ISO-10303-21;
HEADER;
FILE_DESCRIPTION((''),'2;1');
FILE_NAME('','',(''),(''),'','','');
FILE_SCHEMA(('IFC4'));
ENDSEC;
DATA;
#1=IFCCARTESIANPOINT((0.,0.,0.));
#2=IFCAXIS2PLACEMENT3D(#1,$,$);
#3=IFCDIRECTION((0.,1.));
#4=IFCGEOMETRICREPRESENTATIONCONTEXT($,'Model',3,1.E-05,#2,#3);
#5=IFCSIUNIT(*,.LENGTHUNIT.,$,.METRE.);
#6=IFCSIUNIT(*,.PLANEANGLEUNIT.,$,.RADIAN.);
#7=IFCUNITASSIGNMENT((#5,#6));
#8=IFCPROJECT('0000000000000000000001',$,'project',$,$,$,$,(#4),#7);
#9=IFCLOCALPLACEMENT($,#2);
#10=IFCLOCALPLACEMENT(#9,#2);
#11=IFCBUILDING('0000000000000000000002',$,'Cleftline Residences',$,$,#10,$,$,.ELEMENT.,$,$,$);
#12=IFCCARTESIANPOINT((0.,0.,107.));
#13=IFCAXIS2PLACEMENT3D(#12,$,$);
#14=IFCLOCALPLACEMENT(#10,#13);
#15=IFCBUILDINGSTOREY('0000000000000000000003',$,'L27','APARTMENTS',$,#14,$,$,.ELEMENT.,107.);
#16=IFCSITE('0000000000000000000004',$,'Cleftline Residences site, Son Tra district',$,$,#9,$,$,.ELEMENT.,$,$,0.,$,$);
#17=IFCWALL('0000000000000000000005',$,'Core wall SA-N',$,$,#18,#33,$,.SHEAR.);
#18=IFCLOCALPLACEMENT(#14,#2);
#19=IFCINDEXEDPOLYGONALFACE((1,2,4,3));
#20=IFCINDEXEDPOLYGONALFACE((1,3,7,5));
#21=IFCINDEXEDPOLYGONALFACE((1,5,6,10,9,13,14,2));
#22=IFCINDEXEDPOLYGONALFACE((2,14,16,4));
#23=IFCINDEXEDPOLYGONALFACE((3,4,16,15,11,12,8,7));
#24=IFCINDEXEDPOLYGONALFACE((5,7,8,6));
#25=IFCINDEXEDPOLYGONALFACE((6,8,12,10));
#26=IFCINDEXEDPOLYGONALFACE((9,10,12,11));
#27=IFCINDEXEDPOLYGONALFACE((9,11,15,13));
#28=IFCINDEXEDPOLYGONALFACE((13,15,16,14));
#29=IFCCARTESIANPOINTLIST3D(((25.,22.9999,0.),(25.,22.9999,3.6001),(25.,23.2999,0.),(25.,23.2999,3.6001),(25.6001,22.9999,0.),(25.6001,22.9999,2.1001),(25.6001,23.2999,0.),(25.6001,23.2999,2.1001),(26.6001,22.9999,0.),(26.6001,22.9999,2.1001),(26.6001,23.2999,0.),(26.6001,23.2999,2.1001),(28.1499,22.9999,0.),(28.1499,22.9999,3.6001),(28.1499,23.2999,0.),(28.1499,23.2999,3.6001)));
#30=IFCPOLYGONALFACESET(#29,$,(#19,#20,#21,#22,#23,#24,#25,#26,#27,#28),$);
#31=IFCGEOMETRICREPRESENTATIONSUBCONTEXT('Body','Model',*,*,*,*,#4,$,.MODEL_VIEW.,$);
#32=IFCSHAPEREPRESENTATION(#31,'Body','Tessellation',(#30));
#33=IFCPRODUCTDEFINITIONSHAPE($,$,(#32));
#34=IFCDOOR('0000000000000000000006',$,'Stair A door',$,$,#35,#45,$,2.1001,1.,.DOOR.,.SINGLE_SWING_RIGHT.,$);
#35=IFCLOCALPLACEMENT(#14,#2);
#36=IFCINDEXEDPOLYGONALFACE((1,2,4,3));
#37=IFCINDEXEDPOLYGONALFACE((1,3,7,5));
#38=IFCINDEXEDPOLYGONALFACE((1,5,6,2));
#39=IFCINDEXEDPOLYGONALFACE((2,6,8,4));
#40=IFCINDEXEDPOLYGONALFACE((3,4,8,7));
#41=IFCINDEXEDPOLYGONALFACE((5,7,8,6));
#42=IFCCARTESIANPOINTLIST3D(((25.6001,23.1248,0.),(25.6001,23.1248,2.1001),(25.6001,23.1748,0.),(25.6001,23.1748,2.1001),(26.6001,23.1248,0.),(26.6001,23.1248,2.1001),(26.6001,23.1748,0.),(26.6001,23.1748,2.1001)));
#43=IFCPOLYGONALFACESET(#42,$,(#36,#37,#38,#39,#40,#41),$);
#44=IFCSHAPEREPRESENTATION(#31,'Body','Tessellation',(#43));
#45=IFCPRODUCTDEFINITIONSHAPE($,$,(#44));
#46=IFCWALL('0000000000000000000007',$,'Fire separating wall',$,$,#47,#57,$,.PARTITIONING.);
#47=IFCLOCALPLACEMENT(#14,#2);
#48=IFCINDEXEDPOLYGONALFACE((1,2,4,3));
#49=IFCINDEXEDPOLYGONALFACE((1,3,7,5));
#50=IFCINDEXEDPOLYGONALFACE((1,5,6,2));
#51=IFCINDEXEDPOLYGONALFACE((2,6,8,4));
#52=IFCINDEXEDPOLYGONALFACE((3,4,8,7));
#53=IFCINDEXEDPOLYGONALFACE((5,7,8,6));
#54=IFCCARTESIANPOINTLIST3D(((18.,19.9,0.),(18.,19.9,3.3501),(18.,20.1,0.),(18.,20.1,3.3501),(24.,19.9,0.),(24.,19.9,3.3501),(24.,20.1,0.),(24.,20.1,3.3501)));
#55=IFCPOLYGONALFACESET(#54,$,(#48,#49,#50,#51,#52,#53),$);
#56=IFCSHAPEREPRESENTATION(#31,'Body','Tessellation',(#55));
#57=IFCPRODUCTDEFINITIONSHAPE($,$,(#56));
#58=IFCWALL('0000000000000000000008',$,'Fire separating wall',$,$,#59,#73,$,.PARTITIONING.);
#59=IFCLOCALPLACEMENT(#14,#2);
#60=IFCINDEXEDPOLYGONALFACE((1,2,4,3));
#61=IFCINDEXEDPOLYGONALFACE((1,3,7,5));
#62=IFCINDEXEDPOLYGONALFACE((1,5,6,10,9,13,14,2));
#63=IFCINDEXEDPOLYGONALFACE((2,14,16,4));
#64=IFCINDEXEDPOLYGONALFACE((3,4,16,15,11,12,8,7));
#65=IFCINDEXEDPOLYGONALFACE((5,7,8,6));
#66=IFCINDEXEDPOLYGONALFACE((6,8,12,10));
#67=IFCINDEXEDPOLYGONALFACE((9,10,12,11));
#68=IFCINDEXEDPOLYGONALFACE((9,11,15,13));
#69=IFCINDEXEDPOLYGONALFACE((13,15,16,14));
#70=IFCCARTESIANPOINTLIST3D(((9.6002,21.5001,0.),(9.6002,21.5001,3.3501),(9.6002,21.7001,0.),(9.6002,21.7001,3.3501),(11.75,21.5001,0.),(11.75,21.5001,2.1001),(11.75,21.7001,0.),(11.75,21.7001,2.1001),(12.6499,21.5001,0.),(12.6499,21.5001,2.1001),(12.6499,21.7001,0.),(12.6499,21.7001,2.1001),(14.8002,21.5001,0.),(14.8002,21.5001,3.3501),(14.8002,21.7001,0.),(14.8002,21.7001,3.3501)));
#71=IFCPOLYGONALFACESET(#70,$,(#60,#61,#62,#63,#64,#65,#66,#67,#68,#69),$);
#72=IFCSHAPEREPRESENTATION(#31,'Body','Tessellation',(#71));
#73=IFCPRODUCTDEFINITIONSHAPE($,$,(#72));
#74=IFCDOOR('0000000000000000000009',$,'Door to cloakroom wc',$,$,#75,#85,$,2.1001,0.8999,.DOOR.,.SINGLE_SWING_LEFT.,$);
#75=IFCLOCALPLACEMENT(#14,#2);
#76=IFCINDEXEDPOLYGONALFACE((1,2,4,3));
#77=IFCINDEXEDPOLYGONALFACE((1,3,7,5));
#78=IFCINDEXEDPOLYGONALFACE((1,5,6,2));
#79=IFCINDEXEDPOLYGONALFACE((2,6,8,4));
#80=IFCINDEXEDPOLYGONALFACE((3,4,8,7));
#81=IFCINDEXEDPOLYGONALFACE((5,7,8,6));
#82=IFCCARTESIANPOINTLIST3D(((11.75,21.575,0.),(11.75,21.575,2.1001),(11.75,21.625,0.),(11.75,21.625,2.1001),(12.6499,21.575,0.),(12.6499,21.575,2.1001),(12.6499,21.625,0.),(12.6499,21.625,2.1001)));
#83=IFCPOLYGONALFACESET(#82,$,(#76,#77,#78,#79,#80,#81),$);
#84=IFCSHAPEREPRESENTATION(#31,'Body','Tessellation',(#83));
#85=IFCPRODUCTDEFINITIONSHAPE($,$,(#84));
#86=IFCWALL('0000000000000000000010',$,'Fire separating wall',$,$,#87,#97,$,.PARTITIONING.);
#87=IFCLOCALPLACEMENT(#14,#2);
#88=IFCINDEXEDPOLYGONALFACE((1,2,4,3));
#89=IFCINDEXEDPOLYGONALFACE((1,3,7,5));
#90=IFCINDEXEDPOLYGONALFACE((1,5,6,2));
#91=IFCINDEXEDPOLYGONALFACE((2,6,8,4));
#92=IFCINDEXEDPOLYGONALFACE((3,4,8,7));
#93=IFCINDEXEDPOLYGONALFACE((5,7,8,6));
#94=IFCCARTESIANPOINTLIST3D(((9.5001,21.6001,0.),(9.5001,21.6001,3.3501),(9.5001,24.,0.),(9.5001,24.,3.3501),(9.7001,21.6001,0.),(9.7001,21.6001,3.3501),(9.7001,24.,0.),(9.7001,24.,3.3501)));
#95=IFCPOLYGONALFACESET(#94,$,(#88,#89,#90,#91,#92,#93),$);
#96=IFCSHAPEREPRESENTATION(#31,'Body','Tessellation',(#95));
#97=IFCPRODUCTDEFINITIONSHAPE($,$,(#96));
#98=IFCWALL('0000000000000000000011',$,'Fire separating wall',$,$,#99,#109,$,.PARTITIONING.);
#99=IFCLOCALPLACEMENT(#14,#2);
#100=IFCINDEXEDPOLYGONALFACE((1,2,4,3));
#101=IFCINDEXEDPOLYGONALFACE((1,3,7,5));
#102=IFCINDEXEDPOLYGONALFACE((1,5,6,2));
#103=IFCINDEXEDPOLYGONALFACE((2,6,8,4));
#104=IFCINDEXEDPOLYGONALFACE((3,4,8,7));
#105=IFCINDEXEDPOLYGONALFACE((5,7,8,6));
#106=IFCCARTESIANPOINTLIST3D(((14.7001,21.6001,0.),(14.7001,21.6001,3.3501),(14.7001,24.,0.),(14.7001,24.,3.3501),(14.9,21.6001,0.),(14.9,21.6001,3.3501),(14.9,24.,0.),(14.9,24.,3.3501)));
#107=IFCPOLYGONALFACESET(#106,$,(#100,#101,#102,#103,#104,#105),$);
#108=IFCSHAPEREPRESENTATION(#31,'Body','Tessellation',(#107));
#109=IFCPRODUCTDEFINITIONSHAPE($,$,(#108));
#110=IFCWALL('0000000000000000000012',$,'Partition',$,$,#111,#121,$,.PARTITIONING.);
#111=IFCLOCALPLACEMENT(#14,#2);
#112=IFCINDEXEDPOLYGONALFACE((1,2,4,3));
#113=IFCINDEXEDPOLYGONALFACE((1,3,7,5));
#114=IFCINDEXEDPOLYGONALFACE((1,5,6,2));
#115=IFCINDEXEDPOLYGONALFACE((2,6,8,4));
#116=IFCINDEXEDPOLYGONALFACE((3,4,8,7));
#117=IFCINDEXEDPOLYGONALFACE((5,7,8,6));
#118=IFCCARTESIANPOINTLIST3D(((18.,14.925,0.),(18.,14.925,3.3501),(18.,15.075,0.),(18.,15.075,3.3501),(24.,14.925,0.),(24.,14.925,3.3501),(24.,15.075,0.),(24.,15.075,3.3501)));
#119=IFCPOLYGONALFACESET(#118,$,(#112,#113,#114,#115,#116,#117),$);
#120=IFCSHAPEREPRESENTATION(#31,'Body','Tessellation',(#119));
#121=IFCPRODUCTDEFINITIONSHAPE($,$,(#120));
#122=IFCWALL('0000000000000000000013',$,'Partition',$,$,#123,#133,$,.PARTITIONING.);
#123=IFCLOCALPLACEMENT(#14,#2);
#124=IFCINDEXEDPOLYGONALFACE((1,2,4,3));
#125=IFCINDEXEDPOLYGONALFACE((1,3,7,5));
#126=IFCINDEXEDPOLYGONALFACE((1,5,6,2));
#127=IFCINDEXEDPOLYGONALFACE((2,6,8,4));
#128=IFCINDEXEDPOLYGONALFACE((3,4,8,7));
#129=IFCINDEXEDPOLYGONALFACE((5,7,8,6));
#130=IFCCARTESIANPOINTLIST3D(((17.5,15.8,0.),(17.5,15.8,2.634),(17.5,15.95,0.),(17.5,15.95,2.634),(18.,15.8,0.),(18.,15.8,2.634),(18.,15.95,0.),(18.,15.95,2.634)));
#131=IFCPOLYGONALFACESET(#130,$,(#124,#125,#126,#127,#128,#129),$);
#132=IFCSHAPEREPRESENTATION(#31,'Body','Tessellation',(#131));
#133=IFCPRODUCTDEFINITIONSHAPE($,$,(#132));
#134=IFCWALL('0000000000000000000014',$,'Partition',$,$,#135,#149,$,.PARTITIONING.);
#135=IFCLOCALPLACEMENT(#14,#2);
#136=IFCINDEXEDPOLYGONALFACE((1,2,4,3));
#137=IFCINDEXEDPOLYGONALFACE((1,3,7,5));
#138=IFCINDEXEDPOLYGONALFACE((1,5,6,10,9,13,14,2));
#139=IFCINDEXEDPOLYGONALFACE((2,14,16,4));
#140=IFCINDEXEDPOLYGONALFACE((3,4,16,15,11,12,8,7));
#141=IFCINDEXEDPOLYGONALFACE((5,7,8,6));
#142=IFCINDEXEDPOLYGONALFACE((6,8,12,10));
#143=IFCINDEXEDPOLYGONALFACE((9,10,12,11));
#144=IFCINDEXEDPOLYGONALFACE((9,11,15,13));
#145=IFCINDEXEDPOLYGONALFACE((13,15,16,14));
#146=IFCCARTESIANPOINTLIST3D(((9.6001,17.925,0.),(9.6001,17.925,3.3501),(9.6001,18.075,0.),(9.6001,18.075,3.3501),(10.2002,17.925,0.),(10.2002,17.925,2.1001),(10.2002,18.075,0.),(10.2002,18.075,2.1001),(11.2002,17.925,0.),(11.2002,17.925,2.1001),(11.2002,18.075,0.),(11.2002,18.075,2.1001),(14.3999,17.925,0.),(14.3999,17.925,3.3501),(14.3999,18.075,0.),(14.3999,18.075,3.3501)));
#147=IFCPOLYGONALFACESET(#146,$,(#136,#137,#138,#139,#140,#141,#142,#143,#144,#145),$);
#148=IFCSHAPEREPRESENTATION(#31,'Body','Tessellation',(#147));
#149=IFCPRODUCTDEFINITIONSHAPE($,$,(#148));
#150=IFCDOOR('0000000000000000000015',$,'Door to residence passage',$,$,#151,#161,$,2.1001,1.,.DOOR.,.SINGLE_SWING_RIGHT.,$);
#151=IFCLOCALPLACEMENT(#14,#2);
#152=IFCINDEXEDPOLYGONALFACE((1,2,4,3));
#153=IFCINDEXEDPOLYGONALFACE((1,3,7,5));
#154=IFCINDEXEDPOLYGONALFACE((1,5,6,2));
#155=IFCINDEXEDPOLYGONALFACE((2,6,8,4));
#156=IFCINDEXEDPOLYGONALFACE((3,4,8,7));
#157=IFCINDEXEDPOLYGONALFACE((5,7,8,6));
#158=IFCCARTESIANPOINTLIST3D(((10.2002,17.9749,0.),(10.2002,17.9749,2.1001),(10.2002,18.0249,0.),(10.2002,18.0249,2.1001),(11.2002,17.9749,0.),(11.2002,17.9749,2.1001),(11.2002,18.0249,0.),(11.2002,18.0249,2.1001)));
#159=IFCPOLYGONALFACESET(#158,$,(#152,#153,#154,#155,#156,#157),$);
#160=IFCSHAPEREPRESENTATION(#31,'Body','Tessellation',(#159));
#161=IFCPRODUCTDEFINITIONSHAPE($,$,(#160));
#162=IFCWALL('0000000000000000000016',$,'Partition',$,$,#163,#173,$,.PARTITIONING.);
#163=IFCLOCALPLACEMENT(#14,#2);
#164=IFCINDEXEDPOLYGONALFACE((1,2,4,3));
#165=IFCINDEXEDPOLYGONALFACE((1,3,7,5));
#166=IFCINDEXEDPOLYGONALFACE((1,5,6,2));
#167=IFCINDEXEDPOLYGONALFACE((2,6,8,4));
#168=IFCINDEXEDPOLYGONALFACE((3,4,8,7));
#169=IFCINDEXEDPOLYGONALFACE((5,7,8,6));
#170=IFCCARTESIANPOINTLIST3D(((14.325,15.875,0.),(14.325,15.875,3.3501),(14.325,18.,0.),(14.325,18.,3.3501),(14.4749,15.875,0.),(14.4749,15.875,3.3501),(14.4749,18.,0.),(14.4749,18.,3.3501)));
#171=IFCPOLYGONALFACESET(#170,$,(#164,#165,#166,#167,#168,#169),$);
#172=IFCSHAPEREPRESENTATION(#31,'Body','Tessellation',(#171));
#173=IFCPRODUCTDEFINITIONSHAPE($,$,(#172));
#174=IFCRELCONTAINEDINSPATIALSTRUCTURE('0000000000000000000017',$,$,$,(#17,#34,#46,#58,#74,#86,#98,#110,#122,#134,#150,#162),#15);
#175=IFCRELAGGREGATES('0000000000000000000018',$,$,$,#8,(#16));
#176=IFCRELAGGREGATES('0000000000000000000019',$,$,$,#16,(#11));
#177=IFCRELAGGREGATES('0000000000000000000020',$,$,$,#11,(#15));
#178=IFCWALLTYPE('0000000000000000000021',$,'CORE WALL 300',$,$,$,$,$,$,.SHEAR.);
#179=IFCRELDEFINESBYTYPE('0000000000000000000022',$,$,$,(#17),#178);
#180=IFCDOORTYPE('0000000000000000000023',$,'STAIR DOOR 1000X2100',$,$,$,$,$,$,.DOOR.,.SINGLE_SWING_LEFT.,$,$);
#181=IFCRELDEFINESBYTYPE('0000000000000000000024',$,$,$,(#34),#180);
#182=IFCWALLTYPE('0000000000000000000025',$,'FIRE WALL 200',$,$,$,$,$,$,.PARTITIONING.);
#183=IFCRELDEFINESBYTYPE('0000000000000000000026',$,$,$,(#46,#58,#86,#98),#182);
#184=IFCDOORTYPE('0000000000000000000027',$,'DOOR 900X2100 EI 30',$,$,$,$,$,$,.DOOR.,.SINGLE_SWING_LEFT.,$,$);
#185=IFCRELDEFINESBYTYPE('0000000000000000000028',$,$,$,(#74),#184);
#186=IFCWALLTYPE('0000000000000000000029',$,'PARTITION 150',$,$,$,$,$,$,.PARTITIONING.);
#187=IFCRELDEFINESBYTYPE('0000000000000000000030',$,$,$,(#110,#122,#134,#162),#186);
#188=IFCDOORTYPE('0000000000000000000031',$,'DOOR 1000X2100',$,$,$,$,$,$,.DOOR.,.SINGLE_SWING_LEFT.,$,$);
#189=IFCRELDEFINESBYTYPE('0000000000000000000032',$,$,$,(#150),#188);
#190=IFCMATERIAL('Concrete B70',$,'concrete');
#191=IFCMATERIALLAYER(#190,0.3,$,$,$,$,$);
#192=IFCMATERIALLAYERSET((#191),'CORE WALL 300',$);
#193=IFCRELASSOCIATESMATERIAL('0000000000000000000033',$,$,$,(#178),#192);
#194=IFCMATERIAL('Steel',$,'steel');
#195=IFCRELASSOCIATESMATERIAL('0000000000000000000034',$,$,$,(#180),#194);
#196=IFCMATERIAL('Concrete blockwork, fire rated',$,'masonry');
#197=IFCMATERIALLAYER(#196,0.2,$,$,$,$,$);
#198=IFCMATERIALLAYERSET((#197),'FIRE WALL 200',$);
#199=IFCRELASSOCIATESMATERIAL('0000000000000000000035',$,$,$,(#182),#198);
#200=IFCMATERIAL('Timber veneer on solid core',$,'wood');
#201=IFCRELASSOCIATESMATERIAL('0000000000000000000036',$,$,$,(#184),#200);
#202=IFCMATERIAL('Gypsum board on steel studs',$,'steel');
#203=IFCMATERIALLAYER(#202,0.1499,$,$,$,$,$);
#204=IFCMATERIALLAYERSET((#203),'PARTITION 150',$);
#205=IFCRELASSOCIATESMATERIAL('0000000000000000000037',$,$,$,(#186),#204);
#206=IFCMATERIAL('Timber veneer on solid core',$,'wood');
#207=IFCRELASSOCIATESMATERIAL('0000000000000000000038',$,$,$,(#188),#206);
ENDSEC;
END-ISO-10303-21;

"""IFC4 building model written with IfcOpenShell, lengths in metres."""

from ifc_helpers import new_model, si_unit, direction, frame, frame_2d, origin, place, context, subcontext, project, spatial, rectangle, extrude, material, layer, layer_set, type_object, element, fill, save


model = new_model("IFC4")

# Units and contexts
model_context = context("Model", 3, precision=1e-05, world=origin(), true_north=direction((0.0, 1.0)))
body_context = subcontext(model_context, "Body", "Model", "MODEL_VIEW")
ifc_project = project(units=[si_unit("LENGTHUNIT", "METRE"), si_unit("PLANEANGLEUNIT", "RADIAN")], contexts=[model_context])

# Site, building, storey
site_placement = place(None, origin())
site = spatial("IfcSite", under=ifc_project, at=site_placement, Name="Cleftline Residences site, Son Tra district", CompositionType="ELEMENT", RefElevation=0.0)
building_placement = place(site_placement, origin())
building = spatial("IfcBuilding", under=site, at=building_placement, Name="Cleftline Residences", CompositionType="ELEMENT")
storey_placement = place(building_placement, frame((0.0, 0.0, 107.0)))
storey = spatial("IfcBuildingStorey", under=building, at=storey_placement, Name="L27", Description="APARTMENTS", CompositionType="ELEMENT", Elevation=107.0)

# Wall, opening, door
ifc_material_1 = material(Name="Concrete B70", Category="concrete")
ifc_layer_1 = layer(ifc_material_1, 0.3)
ifc_layer_set_1 = layer_set([ifc_layer_1], Name="CORE WALL 300")
wall_type_1 = type_object("IfcWallType", Name="CORE WALL 300", PredefinedType="SHEAR", material=ifc_layer_set_1)
wall_1_placement = place(storey_placement, frame((25.0, 23.1499, 0.0), z_axis=(0.0, 0.0, 1.0), x_axis=(1.0, 0.0, 0.0)))
wall_1 = element("IfcWall", 1, at=wall_1_placement, inside=storey, type_object=wall_type_1, Name="Core wall SA-N", PredefinedType="SHEAR", context=body_context, shape_type="SweptSolid", body=[
    extrude(rectangle(XDim=3.1499, YDim=0.3, at=frame_2d((1.575, 0.0))), origin(), (0.0, 0.0, 1.0), 3.6001),
])
opening_1_placement = place(wall_1_placement, frame((0.6001, 0.0, 0.0)))
opening_1 = element("IfcOpeningElement", 2, at=opening_1_placement, cuts=wall_1, PredefinedType="OPENING", context=body_context, shape_type="SweptSolid", body=[
    extrude(rectangle(XDim=1.0, YDim=2.1001, at=frame_2d((0.5, 1.05))), frame((0.0, 0.1599, 0.0), z_axis=(0.0, -1.0, 0.0), x_axis=(1.0, 0.0, 0.0)), (0.0, 0.0, 1.0), 0.3201),
])
ifc_material_2 = material(Name="Steel", Category="steel")
door_type_1 = type_object("IfcDoorType", Name="STAIR DOOR 1000X2100", OperationType="SINGLE_SWING_LEFT", PredefinedType="DOOR", material=ifc_material_2)
door_1_placement = place(opening_1_placement, origin())
door_1 = element("IfcDoor", 3, at=door_1_placement, inside=storey, type_object=door_type_1, Name="Stair A door", OperationType="SINGLE_SWING_RIGHT", OverallHeight=2.1001, OverallWidth=1.0, PredefinedType="DOOR", context=body_context, shape_type="SweptSolid", body=[
    extrude(rectangle(XDim=1.0, YDim=2.1001, at=frame_2d((0.5, 1.05))), frame((0.0, 0.0249, 0.0), z_axis=(0.0, -1.0, 0.0), x_axis=(1.0, 0.0, 0.0)), (0.0, 0.0, 1.0), 0.05),
])
fill(opening_1, door_1)

# Wall
ifc_material_3 = material(Name="Concrete blockwork, fire rated", Category="masonry")
ifc_layer_2 = layer(ifc_material_3, 0.2)
ifc_layer_set_2 = layer_set([ifc_layer_2], Name="FIRE WALL 200")
wall_type_2 = type_object("IfcWallType", Name="FIRE WALL 200", PredefinedType="PARTITIONING", material=ifc_layer_set_2)
wall_2_placement = place(storey_placement, frame((18.0, 20.0, 0.0), z_axis=(0.0, 0.0, 1.0), x_axis=(1.0, 0.0, 0.0)))
element("IfcWall", 4, at=wall_2_placement, inside=storey, type_object=wall_type_2, Name="Fire separating wall", PredefinedType="PARTITIONING", context=body_context, shape_type="SweptSolid", body=[
    extrude(rectangle(XDim=6.0, YDim=0.2, at=frame_2d((3.0, 0.0))), origin(), (0.0, 0.0, 1.0), 3.3501),
])

# Wall, opening, door
wall_3_placement = place(storey_placement, frame((9.6001, 21.6001, 0.0), z_axis=(0.0, 0.0, 1.0), x_axis=(1.0, 0.0, 0.0)))
wall_3 = element("IfcWall", 5, at=wall_3_placement, inside=storey, type_object=wall_type_2, Name="Fire separating wall", PredefinedType="PARTITIONING", context=body_context, shape_type="SweptSolid", body=[
    extrude(rectangle(XDim=5.2, YDim=0.2, at=frame_2d((2.6001, 0.0))), origin(), (0.0, 0.0, 1.0), 3.3501),
])
opening_2_placement = place(wall_3_placement, frame((2.1499, 0.0, 0.0)))
opening_2 = element("IfcOpeningElement", 6, at=opening_2_placement, cuts=wall_3, PredefinedType="OPENING", context=body_context, shape_type="SweptSolid", body=[
    extrude(rectangle(XDim=0.8999, YDim=2.1001, at=frame_2d((0.45, 1.05))), frame((0.0, 0.1099, 0.0), z_axis=(0.0, -1.0, 0.0), x_axis=(1.0, 0.0, 0.0)), (0.0, 0.0, 1.0), 0.22),
])
ifc_material_4 = material(Name="Timber veneer on solid core", Category="wood")
door_type_2 = type_object("IfcDoorType", Name="DOOR 900X2100 EI 30", OperationType="SINGLE_SWING_LEFT", PredefinedType="DOOR", material=ifc_material_4)
door_2_placement = place(opening_2_placement, origin())
door_2 = element("IfcDoor", 7, at=door_2_placement, inside=storey, type_object=door_type_2, Name="Door to cloakroom wc", OperationType="SINGLE_SWING_LEFT", OverallHeight=2.1001, OverallWidth=0.8999, PredefinedType="DOOR", context=body_context, shape_type="SweptSolid", body=[
    extrude(rectangle(XDim=0.8999, YDim=2.1001, at=frame_2d((0.45, 1.05))), frame((0.0, 0.0249, 0.0), z_axis=(0.0, -1.0, 0.0), x_axis=(1.0, 0.0, 0.0)), (0.0, 0.0, 1.0), 0.05),
])
fill(opening_2, door_2)

# Walls
for number, where, z_axis, x_axis, name in (
    (8, (9.6001, 21.6001, 0.0), (0.0, 0.0, 1.0), (0.0, 1.0, 0.0), "Fire separating wall"),
    (9, (14.8, 21.6001, 0.0), (0.0, 0.0, 1.0), (0.0, 1.0, 0.0), "Fire separating wall"),
):
    element("IfcWall", number, at=place(storey_placement, frame(where, z_axis=z_axis, x_axis=x_axis)), inside=storey, type_object=wall_type_2, Name=name, PredefinedType="PARTITIONING", context=body_context, shape_type="SweptSolid", body=[
        extrude(rectangle(XDim=2.3999, YDim=0.2, at=frame_2d((1.2, 0.0))), origin(), (0.0, 0.0, 1.0), 3.3501),
    ])

# Walls
ifc_material_5 = material(Name="Gypsum board on steel studs", Category="steel")
ifc_layer_3 = layer(ifc_material_5, 0.1499)
ifc_layer_set_3 = layer_set([ifc_layer_3], Name="PARTITION 150")
wall_type_3 = type_object("IfcWallType", Name="PARTITION 150", PredefinedType="PARTITIONING", material=ifc_layer_set_3)
wall_4_placement = place(storey_placement, frame((18.0, 15.0, 0.0), z_axis=(0.0, 0.0, 1.0), x_axis=(1.0, 0.0, 0.0)))
element("IfcWall", 10, at=wall_4_placement, inside=storey, type_object=wall_type_3, Name="Partition", PredefinedType="PARTITIONING", context=body_context, shape_type="SweptSolid", body=[
    extrude(rectangle(XDim=6.0, YDim=0.1499, at=frame_2d((3.0, 0.0))), origin(), (0.0, 0.0, 1.0), 3.3501),
])
wall_5_placement = place(storey_placement, frame((17.5, 15.875, 0.0), z_axis=(0.0, 0.0, 1.0), x_axis=(1.0, 0.0, 0.0)))
element("IfcWall", 11, at=wall_5_placement, inside=storey, type_object=wall_type_3, Name="Partition", PredefinedType="PARTITIONING", context=body_context, shape_type="SweptSolid", body=[
    extrude(rectangle(XDim=0.5, YDim=0.1499, at=frame_2d((0.25, 0.0))), origin(), (0.0, 0.0, 1.0), 2.634),
])

# Wall, opening, door
wall_6_placement = place(storey_placement, frame((9.6001, 18.0, 0.0), z_axis=(0.0, 0.0, 1.0), x_axis=(1.0, 0.0, 0.0)))
wall_6 = element("IfcWall", 12, at=wall_6_placement, inside=storey, type_object=wall_type_3, Name="Partition", PredefinedType="PARTITIONING", context=body_context, shape_type="SweptSolid", body=[
    extrude(rectangle(XDim=4.7998, YDim=0.1499, at=frame_2d((2.3999, 0.0))), origin(), (0.0, 0.0, 1.0), 3.3501),
])
opening_3_placement = place(wall_6_placement, frame((0.6001, 0.0, 0.0)))
opening_3 = element("IfcOpeningElement", 13, at=opening_3_placement, cuts=wall_6, PredefinedType="OPENING", context=body_context, shape_type="SweptSolid", body=[
    extrude(rectangle(XDim=1.0, YDim=2.1001, at=frame_2d((0.5, 1.05))), frame((0.0, 0.085, 0.0), z_axis=(0.0, -1.0, 0.0), x_axis=(1.0, 0.0, 0.0)), (0.0, 0.0, 1.0), 0.1699),
])
ifc_material_6 = material(Name="Timber veneer on solid core", Category="wood")
door_type_3 = type_object("IfcDoorType", Name="DOOR 1000X2100", OperationType="SINGLE_SWING_LEFT", PredefinedType="DOOR", material=ifc_material_6)
door_3_placement = place(opening_3_placement, origin())
door_3 = element("IfcDoor", 14, at=door_3_placement, inside=storey, type_object=door_type_3, Name="Door to residence passage", OperationType="SINGLE_SWING_RIGHT", OverallHeight=2.1001, OverallWidth=1.0, PredefinedType="DOOR", context=body_context, shape_type="SweptSolid", body=[
    extrude(rectangle(XDim=1.0, YDim=2.1001, at=frame_2d((0.5, 1.05))), frame((0.0, 0.0249, 0.0), z_axis=(0.0, -1.0, 0.0), x_axis=(1.0, 0.0, 0.0)), (0.0, 0.0, 1.0), 0.05),
])
fill(opening_3, door_3)

# Wall
wall_7_placement = place(storey_placement, frame((14.3999, 15.875, 0.0), z_axis=(0.0, 0.0, 1.0), x_axis=(0.0, 1.0, 0.0)))
element("IfcWall", 15, at=wall_7_placement, inside=storey, type_object=wall_type_3, Name="Partition", PredefinedType="PARTITIONING", context=body_context, shape_type="SweptSolid", body=[
    extrude(rectangle(XDim=2.125, YDim=0.1499, at=frame_2d((1.0625, 0.0))), origin(), (0.0, 0.0, 1.0), 3.3501),
])

save(model, "model.ifc")
